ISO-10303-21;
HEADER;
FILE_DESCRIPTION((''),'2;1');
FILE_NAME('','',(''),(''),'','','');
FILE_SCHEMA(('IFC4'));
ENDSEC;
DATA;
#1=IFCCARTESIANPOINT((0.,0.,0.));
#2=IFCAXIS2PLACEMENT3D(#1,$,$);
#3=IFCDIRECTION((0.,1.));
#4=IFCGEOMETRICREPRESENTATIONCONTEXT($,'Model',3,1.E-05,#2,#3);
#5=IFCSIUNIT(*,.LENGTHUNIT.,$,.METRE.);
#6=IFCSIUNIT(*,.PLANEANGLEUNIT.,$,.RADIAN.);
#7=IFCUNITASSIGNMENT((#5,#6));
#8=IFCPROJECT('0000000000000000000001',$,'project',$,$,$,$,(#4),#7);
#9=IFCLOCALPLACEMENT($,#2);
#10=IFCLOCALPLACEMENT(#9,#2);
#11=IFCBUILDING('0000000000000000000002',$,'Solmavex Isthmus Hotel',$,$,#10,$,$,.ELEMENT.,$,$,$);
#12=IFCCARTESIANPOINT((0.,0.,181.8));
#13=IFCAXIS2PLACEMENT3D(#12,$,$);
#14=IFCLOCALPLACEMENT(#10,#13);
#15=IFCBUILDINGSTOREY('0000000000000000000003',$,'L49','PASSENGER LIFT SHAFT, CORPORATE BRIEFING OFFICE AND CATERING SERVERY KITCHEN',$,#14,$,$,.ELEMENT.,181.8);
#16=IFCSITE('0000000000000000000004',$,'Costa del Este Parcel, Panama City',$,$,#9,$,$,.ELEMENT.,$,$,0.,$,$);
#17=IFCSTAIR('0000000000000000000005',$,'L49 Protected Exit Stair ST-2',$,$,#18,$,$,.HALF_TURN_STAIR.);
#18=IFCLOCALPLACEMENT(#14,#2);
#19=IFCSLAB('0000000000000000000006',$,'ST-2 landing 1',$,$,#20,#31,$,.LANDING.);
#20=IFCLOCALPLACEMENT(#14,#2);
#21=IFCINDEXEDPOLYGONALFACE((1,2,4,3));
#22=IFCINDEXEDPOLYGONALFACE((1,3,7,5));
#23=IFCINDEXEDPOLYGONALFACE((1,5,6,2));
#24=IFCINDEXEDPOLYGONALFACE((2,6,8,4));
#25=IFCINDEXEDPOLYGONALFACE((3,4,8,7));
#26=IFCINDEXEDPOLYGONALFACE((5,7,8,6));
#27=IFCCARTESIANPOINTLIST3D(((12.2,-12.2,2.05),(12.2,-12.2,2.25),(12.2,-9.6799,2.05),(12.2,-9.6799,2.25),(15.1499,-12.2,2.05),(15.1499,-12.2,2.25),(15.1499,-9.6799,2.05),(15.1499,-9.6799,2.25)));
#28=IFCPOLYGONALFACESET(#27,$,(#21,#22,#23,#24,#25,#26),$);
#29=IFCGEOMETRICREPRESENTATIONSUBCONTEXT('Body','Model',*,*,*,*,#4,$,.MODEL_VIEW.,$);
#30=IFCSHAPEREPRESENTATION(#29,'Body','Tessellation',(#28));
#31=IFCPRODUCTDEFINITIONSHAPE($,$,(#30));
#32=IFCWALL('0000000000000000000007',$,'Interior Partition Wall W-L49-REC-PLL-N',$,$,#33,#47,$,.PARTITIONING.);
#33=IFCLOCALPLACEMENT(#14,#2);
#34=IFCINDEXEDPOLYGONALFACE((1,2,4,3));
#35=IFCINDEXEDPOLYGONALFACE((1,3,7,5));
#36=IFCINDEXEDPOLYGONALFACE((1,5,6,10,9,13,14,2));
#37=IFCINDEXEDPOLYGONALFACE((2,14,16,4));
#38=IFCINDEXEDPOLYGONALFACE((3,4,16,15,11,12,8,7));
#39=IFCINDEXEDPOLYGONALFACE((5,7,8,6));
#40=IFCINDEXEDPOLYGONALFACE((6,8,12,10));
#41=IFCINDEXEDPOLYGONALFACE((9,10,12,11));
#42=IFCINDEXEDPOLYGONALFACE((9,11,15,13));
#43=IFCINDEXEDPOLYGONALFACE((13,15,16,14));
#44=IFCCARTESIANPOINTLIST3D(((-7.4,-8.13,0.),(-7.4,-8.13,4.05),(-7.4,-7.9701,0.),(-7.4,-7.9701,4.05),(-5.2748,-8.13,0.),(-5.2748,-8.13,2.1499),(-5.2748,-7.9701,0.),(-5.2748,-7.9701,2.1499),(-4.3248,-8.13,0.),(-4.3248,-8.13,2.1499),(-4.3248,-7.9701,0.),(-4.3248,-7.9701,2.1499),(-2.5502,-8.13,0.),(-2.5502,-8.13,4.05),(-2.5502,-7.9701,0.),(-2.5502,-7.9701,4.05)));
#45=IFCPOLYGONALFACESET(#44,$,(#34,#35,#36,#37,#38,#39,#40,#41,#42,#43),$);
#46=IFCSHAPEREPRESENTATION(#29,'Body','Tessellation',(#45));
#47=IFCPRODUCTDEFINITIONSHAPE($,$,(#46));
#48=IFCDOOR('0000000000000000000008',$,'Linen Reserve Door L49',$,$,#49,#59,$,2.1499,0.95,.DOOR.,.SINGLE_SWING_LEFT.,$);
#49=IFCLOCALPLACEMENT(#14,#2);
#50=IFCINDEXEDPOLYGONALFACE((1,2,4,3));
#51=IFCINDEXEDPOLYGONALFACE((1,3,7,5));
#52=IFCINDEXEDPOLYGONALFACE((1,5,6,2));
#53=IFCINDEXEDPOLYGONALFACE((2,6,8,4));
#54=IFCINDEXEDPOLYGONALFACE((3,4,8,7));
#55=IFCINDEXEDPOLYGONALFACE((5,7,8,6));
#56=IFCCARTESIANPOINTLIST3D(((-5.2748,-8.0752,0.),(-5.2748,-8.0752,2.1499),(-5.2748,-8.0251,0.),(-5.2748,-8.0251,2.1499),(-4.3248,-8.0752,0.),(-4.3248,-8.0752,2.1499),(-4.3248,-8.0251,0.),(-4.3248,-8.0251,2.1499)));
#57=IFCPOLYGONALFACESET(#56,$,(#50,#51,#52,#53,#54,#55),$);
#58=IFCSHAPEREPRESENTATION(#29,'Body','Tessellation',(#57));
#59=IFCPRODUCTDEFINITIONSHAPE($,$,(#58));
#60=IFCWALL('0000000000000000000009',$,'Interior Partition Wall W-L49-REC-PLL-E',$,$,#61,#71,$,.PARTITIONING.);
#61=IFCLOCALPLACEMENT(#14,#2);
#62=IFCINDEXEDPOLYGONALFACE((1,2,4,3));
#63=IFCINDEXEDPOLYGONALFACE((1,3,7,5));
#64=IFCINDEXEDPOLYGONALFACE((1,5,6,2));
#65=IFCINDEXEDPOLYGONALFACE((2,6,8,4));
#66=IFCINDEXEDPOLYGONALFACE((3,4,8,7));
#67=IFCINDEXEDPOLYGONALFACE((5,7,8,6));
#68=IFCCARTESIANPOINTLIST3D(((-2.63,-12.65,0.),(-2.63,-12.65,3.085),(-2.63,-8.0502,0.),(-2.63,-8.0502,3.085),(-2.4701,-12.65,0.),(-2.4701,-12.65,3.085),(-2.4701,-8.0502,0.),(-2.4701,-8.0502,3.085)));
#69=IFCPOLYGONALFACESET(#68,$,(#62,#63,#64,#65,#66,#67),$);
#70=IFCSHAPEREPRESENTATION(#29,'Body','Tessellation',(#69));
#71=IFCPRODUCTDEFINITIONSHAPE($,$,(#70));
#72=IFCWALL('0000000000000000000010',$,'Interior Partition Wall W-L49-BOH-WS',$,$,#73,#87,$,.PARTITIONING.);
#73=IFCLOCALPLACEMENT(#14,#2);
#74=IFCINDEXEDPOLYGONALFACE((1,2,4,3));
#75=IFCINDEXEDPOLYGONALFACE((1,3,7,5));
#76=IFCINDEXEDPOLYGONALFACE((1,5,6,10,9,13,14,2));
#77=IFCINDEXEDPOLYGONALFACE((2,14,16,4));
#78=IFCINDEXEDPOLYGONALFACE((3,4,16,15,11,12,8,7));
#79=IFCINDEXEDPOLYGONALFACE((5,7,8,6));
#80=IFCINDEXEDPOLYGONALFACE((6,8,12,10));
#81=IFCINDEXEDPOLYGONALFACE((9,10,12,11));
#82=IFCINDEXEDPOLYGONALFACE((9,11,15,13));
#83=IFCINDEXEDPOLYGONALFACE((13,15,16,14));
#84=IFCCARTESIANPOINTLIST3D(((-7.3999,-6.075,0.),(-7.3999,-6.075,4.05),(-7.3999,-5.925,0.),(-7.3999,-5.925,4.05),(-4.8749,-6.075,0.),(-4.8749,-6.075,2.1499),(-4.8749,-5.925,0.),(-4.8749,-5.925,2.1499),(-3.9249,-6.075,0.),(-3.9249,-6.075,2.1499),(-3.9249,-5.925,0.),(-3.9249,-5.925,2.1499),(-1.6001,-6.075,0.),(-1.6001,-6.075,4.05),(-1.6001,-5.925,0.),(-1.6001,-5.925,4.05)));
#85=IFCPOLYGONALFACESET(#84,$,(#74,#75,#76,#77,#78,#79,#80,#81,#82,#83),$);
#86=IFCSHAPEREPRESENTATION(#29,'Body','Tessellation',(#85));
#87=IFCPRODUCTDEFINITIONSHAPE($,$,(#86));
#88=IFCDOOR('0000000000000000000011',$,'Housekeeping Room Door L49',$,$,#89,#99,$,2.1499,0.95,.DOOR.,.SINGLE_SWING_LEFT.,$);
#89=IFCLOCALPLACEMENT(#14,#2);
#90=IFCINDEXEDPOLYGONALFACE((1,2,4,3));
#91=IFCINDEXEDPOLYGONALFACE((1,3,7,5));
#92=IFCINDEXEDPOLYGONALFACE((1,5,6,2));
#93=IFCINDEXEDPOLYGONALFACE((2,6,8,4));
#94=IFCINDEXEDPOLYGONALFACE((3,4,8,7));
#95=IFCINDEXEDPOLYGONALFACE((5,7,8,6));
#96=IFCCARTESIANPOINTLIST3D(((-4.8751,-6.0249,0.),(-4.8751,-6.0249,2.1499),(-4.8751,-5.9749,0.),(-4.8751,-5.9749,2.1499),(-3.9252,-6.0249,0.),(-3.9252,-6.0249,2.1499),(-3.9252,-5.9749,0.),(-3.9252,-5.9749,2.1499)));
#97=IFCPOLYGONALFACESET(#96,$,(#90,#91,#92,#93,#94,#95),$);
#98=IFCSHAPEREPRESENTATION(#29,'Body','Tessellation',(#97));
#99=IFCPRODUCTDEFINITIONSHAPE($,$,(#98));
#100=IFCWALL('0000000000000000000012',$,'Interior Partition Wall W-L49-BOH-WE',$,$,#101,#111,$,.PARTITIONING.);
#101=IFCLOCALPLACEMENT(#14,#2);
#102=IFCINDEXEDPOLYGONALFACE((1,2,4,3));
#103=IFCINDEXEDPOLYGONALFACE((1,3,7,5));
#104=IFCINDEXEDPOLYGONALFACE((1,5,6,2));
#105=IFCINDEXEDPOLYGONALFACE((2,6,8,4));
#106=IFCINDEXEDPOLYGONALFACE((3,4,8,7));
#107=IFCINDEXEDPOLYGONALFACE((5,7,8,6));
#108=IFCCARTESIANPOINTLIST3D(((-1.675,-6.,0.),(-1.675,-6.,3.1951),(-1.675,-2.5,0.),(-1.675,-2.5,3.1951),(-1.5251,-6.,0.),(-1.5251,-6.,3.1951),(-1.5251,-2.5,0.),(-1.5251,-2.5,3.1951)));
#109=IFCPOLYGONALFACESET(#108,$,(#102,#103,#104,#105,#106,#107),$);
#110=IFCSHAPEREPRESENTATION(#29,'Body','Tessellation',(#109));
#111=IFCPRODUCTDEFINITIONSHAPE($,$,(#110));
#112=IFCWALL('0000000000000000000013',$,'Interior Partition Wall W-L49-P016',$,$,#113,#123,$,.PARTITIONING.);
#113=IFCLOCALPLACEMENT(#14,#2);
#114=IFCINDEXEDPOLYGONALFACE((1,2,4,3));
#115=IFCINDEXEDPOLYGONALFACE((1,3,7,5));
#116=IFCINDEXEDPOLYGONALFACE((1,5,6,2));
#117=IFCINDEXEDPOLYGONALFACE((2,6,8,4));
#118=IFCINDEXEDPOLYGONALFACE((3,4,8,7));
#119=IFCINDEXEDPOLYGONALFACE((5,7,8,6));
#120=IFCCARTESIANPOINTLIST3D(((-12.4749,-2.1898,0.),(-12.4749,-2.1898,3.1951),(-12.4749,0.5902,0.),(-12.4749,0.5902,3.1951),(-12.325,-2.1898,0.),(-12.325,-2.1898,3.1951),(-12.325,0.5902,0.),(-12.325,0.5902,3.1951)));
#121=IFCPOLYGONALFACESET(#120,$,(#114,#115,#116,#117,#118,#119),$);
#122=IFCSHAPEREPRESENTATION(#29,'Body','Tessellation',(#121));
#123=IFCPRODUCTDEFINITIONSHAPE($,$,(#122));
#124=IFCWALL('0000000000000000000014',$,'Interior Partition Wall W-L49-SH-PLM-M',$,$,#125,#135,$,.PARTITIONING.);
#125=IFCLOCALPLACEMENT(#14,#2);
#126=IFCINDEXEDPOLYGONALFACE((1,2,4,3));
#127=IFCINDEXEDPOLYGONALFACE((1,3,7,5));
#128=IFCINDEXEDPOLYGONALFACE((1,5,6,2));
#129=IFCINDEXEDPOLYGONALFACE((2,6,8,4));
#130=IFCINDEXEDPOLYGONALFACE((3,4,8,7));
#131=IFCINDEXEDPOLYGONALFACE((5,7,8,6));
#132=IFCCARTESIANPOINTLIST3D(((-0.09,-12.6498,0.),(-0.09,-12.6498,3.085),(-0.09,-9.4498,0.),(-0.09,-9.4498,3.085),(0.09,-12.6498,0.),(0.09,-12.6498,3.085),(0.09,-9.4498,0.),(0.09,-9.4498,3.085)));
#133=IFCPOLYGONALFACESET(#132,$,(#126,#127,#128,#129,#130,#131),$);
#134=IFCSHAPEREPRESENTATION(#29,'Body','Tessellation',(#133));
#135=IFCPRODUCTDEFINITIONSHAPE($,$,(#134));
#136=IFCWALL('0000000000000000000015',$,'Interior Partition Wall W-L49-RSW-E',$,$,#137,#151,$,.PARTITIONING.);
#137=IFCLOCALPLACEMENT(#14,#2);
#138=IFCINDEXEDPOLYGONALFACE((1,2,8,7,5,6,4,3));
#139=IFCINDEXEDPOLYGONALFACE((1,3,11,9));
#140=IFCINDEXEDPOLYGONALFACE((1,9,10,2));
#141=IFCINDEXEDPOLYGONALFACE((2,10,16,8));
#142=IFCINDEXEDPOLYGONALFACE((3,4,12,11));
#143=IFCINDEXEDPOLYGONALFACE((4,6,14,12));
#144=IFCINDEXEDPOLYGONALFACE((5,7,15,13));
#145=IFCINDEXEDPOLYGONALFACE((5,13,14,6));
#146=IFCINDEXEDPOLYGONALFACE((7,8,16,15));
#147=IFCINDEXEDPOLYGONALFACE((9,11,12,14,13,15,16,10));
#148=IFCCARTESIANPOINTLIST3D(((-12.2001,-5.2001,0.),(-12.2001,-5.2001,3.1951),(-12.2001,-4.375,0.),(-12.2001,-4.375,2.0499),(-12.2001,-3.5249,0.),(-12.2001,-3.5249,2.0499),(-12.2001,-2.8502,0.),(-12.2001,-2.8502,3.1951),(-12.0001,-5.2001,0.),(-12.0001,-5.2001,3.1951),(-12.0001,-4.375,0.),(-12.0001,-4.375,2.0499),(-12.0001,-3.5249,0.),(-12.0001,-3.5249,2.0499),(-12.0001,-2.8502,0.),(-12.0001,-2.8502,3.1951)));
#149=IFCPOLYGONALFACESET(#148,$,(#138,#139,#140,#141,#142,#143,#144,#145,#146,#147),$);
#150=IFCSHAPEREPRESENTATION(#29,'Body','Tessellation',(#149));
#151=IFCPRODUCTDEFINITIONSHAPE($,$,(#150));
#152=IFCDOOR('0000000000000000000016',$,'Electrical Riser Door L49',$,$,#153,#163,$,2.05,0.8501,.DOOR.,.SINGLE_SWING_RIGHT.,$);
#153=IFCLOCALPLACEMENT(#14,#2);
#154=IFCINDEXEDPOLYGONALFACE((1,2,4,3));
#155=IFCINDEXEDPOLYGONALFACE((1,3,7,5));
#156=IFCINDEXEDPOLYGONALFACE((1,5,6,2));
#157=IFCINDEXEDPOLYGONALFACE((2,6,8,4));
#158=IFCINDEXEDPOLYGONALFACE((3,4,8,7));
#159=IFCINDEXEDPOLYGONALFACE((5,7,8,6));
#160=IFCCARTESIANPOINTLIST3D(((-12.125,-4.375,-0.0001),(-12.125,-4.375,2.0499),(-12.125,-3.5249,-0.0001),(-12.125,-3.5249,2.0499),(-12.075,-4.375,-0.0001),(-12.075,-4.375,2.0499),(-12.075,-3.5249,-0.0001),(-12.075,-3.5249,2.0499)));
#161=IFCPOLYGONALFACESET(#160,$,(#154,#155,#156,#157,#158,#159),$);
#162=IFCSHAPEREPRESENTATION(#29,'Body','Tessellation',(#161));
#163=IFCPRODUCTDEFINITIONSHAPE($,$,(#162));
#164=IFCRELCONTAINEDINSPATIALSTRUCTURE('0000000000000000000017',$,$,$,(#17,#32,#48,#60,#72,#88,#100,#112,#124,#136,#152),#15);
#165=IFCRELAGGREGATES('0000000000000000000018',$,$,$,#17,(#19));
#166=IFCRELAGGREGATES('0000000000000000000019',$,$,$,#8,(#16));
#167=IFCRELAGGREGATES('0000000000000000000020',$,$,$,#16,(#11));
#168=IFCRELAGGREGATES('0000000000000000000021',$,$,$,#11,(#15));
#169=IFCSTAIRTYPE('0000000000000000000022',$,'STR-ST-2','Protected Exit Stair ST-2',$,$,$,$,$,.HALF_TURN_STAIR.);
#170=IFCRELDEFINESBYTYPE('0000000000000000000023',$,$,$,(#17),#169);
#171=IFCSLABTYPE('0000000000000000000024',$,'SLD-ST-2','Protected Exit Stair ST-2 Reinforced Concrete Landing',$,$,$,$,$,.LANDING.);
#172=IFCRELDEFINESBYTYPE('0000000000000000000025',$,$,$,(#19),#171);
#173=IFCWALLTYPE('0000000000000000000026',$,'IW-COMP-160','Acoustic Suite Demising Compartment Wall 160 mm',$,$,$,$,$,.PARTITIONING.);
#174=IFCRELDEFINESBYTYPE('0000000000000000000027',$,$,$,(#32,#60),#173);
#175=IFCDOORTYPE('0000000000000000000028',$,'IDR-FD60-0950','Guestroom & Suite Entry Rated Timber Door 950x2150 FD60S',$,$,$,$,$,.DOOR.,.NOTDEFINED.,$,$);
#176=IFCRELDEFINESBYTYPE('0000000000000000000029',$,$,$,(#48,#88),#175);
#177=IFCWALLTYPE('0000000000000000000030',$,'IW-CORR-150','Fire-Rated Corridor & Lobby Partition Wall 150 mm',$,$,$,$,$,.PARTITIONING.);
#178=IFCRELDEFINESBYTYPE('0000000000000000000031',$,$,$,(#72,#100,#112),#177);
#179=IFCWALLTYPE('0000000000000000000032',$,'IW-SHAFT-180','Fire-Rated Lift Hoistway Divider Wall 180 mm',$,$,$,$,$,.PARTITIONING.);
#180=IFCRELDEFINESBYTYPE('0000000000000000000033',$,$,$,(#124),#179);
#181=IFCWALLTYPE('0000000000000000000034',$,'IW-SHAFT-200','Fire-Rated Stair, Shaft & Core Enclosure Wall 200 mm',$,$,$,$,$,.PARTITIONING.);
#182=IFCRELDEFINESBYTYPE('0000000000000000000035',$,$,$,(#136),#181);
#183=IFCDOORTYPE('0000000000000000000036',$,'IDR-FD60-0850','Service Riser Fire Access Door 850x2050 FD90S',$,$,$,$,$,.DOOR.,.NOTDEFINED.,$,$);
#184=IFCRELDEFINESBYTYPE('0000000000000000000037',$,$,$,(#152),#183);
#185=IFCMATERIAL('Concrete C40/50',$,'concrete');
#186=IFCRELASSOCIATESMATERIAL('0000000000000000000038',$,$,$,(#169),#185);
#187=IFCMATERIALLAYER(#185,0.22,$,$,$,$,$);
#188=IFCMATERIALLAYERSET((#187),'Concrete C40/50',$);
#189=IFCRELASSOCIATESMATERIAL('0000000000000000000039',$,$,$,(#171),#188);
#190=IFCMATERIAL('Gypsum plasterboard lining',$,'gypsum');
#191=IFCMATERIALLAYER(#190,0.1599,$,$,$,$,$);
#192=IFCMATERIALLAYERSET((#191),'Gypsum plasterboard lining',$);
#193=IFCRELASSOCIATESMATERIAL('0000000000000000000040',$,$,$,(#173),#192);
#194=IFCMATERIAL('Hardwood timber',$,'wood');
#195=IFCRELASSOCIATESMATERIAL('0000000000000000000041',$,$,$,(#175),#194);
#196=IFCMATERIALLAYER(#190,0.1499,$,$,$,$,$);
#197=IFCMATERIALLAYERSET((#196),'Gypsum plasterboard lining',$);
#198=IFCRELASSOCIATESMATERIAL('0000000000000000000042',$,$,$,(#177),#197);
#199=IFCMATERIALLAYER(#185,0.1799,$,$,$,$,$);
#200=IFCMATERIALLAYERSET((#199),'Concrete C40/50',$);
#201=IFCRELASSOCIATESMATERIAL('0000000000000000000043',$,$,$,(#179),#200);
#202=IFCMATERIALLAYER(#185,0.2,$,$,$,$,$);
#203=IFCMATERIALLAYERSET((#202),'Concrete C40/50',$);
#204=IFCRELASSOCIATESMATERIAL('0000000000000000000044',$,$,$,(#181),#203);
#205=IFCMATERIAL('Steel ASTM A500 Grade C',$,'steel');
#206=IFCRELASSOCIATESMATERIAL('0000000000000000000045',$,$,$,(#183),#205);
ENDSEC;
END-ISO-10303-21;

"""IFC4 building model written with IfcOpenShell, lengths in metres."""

from ifc_helpers import new_model, si_unit, direction, frame, frame_2d, origin, place, context, subcontext, project, spatial, polyline, rectangle, outline, extrude, material, layer, layer_set, type_object, element, fill, aggregate, save


model = new_model("IFC4")

# Units and contexts
model_context = context("Model", 3, precision=1e-05, world=origin(), true_north=direction((0.0, 1.0)))
body_context = subcontext(model_context, "Body", "Model", "MODEL_VIEW")
ifc_project = project(units=[si_unit("LENGTHUNIT", "METRE"), si_unit("PLANEANGLEUNIT", "RADIAN")], contexts=[model_context])

# Site, building, storey
site_placement = place(None, origin())
site = spatial("IfcSite", under=ifc_project, at=site_placement, Name="Costa del Este Parcel, Panama City", CompositionType="ELEMENT", RefElevation=0.0)
building_placement = place(site_placement, origin())
building = spatial("IfcBuilding", under=site, at=building_placement, Name="Solmavex Isthmus Hotel", CompositionType="ELEMENT")
storey_placement = place(building_placement, frame((0.0, 0.0, 181.8)))
storey = spatial("IfcBuildingStorey", under=building, at=storey_placement, Name="L49", Description="PASSENGER LIFT SHAFT, CORPORATE BRIEFING OFFICE AND CATERING SERVERY KITCHEN", CompositionType="ELEMENT", Elevation=181.8)

# Shared definitions
ifc_material_1 = material(Name="Concrete C40/50", Category="concrete")

# Stair, slab
stair_type_1 = type_object("IfcStairType", Name="STR-ST-2", Description="Protected Exit Stair ST-2", PredefinedType="HALF_TURN_STAIR", material=ifc_material_1)
stair_1_placement = place(storey_placement, origin())
stair_1 = element("IfcStair", 1, at=stair_1_placement, inside=storey, type_object=stair_type_1, Name="L49 Protected Exit Stair ST-2", PredefinedType="HALF_TURN_STAIR")
ifc_layer_1 = layer(ifc_material_1, 0.22)
ifc_layer_set_1 = layer_set([ifc_layer_1], Name="Concrete C40/50")
slab_type_1 = type_object("IfcSlabType", Name="SLD-ST-2", Description="Protected Exit Stair ST-2 Reinforced Concrete Landing", PredefinedType="LANDING", material=ifc_layer_set_1)
slab_1_placement = place(storey_placement, frame((0.0, 0.0, 2.05)))
slab_1 = element("IfcSlab", 2, at=slab_1_placement, type_object=slab_type_1, Name="ST-2 landing 1", PredefinedType="LANDING", context=body_context, shape_type="SweptSolid", body=[
    extrude(outline(polyline([(12.2, -9.6799), (12.2, -12.2), (15.1499, -12.2), (15.1499, -9.6799), (12.2, -9.6799)])), origin(), (0.0, 0.0, 1.0), 0.2),
])
aggregate(stair_1, [slab_1])

# Wall, opening, door
ifc_material_2 = material(Name="Gypsum plasterboard lining", Category="gypsum")
ifc_layer_2 = layer(ifc_material_2, 0.1599)
ifc_layer_set_2 = layer_set([ifc_layer_2], Name="Gypsum plasterboard lining")
wall_type_1 = type_object("IfcWallType", Name="IW-COMP-160", Description="Acoustic Suite Demising Compartment Wall 160 mm", PredefinedType="PARTITIONING", material=ifc_layer_set_2)
wall_1_placement = place(storey_placement, frame((-7.3999, -8.05, 0.0), z_axis=(0.0, 0.0, 1.0), x_axis=(1.0, 0.0, 0.0)))
wall_1 = element("IfcWall", 3, at=wall_1_placement, inside=storey, type_object=wall_type_1, Name="Interior Partition Wall W-L49-REC-PLL-N", PredefinedType="PARTITIONING", context=body_context, shape_type="SweptSolid", body=[
    extrude(rectangle(XDim=4.8499, YDim=0.1599, at=frame_2d((2.4248, 0.0))), origin(), (0.0, 0.0, 1.0), 4.05),
])
opening_1_placement = place(wall_1_placement, frame((2.125, 0.0, 0.0)))
opening_1 = element("IfcOpeningElement", 4, at=opening_1_placement, cuts=wall_1, PredefinedType="OPENING", context=body_context, shape_type="SweptSolid", body=[
    extrude(rectangle(XDim=0.95, YDim=2.1499, at=frame_2d((0.4751, 1.075))), frame((0.0, 0.0898, 0.0), z_axis=(0.0, -1.0, 0.0), x_axis=(1.0, 0.0, 0.0)), (0.0, 0.0, 1.0), 0.1799),
])
ifc_material_3 = material(Name="Hardwood timber", Category="wood")
door_type_1 = type_object("IfcDoorType", Name="IDR-FD60-0950", Description="Guestroom & Suite Entry Rated Timber Door 950x2150 FD60S", OperationType="NOTDEFINED", PredefinedType="DOOR", material=ifc_material_3)
door_1_placement = place(opening_1_placement, origin())
door_1 = element("IfcDoor", 5, at=door_1_placement, inside=storey, type_object=door_type_1, Name="Linen Reserve Door L49", OperationType="SINGLE_SWING_LEFT", OverallHeight=2.1499, OverallWidth=0.95, PredefinedType="DOOR", context=body_context, shape_type="SweptSolid", body=[
    extrude(rectangle(XDim=0.95, YDim=2.1499, at=frame_2d((0.4751, 1.075))), frame((0.0, 0.0249, 0.0), z_axis=(0.0, -1.0, 0.0), x_axis=(1.0, 0.0, 0.0)), (0.0, 0.0, 1.0), 0.05),
])
fill(opening_1, door_1)

# Wall
wall_2_placement = place(storey_placement, frame((-2.55, -12.6499, 0.0), z_axis=(0.0, 0.0, 1.0), x_axis=(0.0, 1.0, 0.0)))
element("IfcWall", 6, at=wall_2_placement, inside=storey, type_object=wall_type_1, Name="Interior Partition Wall W-L49-REC-PLL-E", PredefinedType="PARTITIONING", context=body_context, shape_type="SweptSolid", body=[
    extrude(rectangle(XDim=4.5999, YDim=0.1599, at=frame_2d((2.2998, 0.0))), origin(), (0.0, 0.0, 1.0), 3.085),
])

# Wall, opening, door
ifc_layer_3 = layer(ifc_material_2, 0.1499)
ifc_layer_set_3 = layer_set([ifc_layer_3], Name="Gypsum plasterboard lining")
wall_type_2 = type_object("IfcWallType", Name="IW-CORR-150", Description="Fire-Rated Corridor & Lobby Partition Wall 150 mm", PredefinedType="PARTITIONING", material=ifc_layer_set_3)
wall_3_placement = place(storey_placement, frame((-7.3999, -6.0, 0.0), z_axis=(0.0, 0.0, 1.0), x_axis=(1.0, 0.0, 0.0)))
wall_3 = element("IfcWall", 7, at=wall_3_placement, inside=storey, type_object=wall_type_2, Name="Interior Partition Wall W-L49-BOH-WS", PredefinedType="PARTITIONING", context=body_context, shape_type="SweptSolid", body=[
    extrude(rectangle(XDim=5.7998, YDim=0.1499, at=frame_2d((2.8999, 0.0))), origin(), (0.0, 0.0, 1.0), 4.05),
])
opening_2_placement = place(wall_3_placement, frame((2.5249, 0.0, 0.0)))
opening_2 = element("IfcOpeningElement", 8, at=opening_2_placement, cuts=wall_3, PredefinedType="OPENING", context=body_context, shape_type="SweptSolid", body=[
    extrude(rectangle(XDim=0.95, YDim=2.1499, at=frame_2d((0.4751, 1.075))), frame((0.0, 0.085, 0.0), z_axis=(0.0, -1.0, 0.0), x_axis=(1.0, 0.0, 0.0)), (0.0, 0.0, 1.0), 0.1699),
])
door_2_placement = place(opening_2_placement, frame((0.95, 0.0, 0.0), z_axis=(0.0, 0.0, 1.0), x_axis=(-1.0, 0.0, 0.0)))
door_2 = element("IfcDoor", 9, at=door_2_placement, inside=storey, type_object=door_type_1, Name="Housekeeping Room Door L49", OperationType="SINGLE_SWING_LEFT", OverallHeight=2.1499, OverallWidth=0.95, PredefinedType="DOOR", context=body_context, shape_type="SweptSolid", body=[
    extrude(rectangle(XDim=0.95, YDim=2.1499, at=frame_2d((0.4751, 1.075))), frame((0.0, 0.0249, 0.0), z_axis=(0.0, -1.0, 0.0), x_axis=(1.0, 0.0, 0.0)), (0.0, 0.0, 1.0), 0.05),
])
fill(opening_2, door_2)

# Walls
wall_4_placement = place(storey_placement, frame((-1.6001, -6.0, 0.0), z_axis=(0.0, 0.0, 1.0), x_axis=(0.0, 1.0, 0.0)))
element("IfcWall", 10, at=wall_4_placement, inside=storey, type_object=wall_type_2, Name="Interior Partition Wall W-L49-BOH-WE", PredefinedType="PARTITIONING", context=body_context, shape_type="SweptSolid", body=[
    extrude(rectangle(XDim=3.5, YDim=0.1499, at=frame_2d((1.75, 0.0))), origin(), (0.0, 0.0, 1.0), 3.1951),
])
wall_5_placement = place(storey_placement, frame((-12.3999, -2.1899, 0.0), z_axis=(0.0, 0.0, 1.0), x_axis=(0.0, 1.0, 0.0)))
element("IfcWall", 11, at=wall_5_placement, inside=storey, type_object=wall_type_2, Name="Interior Partition Wall W-L49-P016", PredefinedType="PARTITIONING", context=body_context, shape_type="SweptSolid", body=[
    extrude(rectangle(XDim=2.78, YDim=0.1499, at=frame_2d((1.3901, 0.0))), origin(), (0.0, 0.0, 1.0), 3.1951),
])
ifc_layer_4 = layer(ifc_material_1, 0.1799)
ifc_layer_set_4 = layer_set([ifc_layer_4], Name="Concrete C40/50")
wall_type_3 = type_object("IfcWallType", Name="IW-SHAFT-180", Description="Fire-Rated Lift Hoistway Divider Wall 180 mm", PredefinedType="PARTITIONING", material=ifc_layer_set_4)
wall_6_placement = place(storey_placement, frame((0.0, -12.6499, 0.0), z_axis=(0.0, 0.0, 1.0), x_axis=(0.0, 1.0, 0.0)))
element("IfcWall", 12, at=wall_6_placement, inside=storey, type_object=wall_type_3, Name="Interior Partition Wall W-L49-SH-PLM-M", PredefinedType="PARTITIONING", context=body_context, shape_type="SweptSolid", body=[
    extrude(rectangle(XDim=3.2, YDim=0.1799, at=frame_2d((1.6001, 0.0))), origin(), (0.0, 0.0, 1.0), 3.085),
])

# Wall, opening, door
ifc_layer_5 = layer(ifc_material_1, 0.2)
ifc_layer_set_5 = layer_set([ifc_layer_5], Name="Concrete C40/50")
wall_type_4 = type_object("IfcWallType", Name="IW-SHAFT-200", Description="Fire-Rated Stair, Shaft & Core Enclosure Wall 200 mm", PredefinedType="PARTITIONING", material=ifc_layer_set_5)
wall_7_placement = place(storey_placement, frame((-12.1001, -5.2, 0.0), z_axis=(0.0, 0.0, 1.0), x_axis=(0.0, 1.0, 0.0)))
wall_7 = element("IfcWall", 13, at=wall_7_placement, inside=storey, type_object=wall_type_4, Name="Interior Partition Wall W-L49-RSW-E", PredefinedType="PARTITIONING", context=body_context, shape_type="SweptSolid", body=[
    extrude(rectangle(XDim=2.3499, YDim=0.2, at=frame_2d((1.1748, 0.0))), origin(), (0.0, 0.0, 1.0), 3.1951),
])
opening_3_placement = place(wall_7_placement, frame((0.825, 0.0, 0.0)))
opening_3 = element("IfcOpeningElement", 14, at=opening_3_placement, cuts=wall_7, PredefinedType="OPENING", context=body_context, shape_type="SweptSolid", body=[
    extrude(rectangle(XDim=0.8501, YDim=2.05, at=frame_2d((0.425, 1.0249))), frame((0.0, 0.1099, 0.0), z_axis=(0.0, -1.0, 0.0), x_axis=(1.0, 0.0, 0.0)), (0.0, 0.0, 1.0), 0.22),
])
ifc_material_4 = material(Name="Steel ASTM A500 Grade C", Category="steel")
door_type_2 = type_object("IfcDoorType", Name="IDR-FD60-0850", Description="Service Riser Fire Access Door 850x2050 FD90S", OperationType="NOTDEFINED", PredefinedType="DOOR", material=ifc_material_4)
door_3_placement = place(opening_3_placement, origin())
door_3 = element("IfcDoor", 15, at=door_3_placement, inside=storey, type_object=door_type_2, Name="Electrical Riser Door L49", OperationType="SINGLE_SWING_RIGHT", OverallHeight=2.05, OverallWidth=0.8501, PredefinedType="DOOR", context=body_context, shape_type="SweptSolid", body=[
    extrude(rectangle(XDim=0.8501, YDim=2.05, at=frame_2d((0.425, 1.0249))), frame((0.0, 0.0249, 0.0), z_axis=(0.0, -1.0, 0.0), x_axis=(1.0, 0.0, 0.0)), (0.0, 0.0, 1.0), 0.05),
])
fill(opening_3, door_3)

save(model, "model.ifc")
